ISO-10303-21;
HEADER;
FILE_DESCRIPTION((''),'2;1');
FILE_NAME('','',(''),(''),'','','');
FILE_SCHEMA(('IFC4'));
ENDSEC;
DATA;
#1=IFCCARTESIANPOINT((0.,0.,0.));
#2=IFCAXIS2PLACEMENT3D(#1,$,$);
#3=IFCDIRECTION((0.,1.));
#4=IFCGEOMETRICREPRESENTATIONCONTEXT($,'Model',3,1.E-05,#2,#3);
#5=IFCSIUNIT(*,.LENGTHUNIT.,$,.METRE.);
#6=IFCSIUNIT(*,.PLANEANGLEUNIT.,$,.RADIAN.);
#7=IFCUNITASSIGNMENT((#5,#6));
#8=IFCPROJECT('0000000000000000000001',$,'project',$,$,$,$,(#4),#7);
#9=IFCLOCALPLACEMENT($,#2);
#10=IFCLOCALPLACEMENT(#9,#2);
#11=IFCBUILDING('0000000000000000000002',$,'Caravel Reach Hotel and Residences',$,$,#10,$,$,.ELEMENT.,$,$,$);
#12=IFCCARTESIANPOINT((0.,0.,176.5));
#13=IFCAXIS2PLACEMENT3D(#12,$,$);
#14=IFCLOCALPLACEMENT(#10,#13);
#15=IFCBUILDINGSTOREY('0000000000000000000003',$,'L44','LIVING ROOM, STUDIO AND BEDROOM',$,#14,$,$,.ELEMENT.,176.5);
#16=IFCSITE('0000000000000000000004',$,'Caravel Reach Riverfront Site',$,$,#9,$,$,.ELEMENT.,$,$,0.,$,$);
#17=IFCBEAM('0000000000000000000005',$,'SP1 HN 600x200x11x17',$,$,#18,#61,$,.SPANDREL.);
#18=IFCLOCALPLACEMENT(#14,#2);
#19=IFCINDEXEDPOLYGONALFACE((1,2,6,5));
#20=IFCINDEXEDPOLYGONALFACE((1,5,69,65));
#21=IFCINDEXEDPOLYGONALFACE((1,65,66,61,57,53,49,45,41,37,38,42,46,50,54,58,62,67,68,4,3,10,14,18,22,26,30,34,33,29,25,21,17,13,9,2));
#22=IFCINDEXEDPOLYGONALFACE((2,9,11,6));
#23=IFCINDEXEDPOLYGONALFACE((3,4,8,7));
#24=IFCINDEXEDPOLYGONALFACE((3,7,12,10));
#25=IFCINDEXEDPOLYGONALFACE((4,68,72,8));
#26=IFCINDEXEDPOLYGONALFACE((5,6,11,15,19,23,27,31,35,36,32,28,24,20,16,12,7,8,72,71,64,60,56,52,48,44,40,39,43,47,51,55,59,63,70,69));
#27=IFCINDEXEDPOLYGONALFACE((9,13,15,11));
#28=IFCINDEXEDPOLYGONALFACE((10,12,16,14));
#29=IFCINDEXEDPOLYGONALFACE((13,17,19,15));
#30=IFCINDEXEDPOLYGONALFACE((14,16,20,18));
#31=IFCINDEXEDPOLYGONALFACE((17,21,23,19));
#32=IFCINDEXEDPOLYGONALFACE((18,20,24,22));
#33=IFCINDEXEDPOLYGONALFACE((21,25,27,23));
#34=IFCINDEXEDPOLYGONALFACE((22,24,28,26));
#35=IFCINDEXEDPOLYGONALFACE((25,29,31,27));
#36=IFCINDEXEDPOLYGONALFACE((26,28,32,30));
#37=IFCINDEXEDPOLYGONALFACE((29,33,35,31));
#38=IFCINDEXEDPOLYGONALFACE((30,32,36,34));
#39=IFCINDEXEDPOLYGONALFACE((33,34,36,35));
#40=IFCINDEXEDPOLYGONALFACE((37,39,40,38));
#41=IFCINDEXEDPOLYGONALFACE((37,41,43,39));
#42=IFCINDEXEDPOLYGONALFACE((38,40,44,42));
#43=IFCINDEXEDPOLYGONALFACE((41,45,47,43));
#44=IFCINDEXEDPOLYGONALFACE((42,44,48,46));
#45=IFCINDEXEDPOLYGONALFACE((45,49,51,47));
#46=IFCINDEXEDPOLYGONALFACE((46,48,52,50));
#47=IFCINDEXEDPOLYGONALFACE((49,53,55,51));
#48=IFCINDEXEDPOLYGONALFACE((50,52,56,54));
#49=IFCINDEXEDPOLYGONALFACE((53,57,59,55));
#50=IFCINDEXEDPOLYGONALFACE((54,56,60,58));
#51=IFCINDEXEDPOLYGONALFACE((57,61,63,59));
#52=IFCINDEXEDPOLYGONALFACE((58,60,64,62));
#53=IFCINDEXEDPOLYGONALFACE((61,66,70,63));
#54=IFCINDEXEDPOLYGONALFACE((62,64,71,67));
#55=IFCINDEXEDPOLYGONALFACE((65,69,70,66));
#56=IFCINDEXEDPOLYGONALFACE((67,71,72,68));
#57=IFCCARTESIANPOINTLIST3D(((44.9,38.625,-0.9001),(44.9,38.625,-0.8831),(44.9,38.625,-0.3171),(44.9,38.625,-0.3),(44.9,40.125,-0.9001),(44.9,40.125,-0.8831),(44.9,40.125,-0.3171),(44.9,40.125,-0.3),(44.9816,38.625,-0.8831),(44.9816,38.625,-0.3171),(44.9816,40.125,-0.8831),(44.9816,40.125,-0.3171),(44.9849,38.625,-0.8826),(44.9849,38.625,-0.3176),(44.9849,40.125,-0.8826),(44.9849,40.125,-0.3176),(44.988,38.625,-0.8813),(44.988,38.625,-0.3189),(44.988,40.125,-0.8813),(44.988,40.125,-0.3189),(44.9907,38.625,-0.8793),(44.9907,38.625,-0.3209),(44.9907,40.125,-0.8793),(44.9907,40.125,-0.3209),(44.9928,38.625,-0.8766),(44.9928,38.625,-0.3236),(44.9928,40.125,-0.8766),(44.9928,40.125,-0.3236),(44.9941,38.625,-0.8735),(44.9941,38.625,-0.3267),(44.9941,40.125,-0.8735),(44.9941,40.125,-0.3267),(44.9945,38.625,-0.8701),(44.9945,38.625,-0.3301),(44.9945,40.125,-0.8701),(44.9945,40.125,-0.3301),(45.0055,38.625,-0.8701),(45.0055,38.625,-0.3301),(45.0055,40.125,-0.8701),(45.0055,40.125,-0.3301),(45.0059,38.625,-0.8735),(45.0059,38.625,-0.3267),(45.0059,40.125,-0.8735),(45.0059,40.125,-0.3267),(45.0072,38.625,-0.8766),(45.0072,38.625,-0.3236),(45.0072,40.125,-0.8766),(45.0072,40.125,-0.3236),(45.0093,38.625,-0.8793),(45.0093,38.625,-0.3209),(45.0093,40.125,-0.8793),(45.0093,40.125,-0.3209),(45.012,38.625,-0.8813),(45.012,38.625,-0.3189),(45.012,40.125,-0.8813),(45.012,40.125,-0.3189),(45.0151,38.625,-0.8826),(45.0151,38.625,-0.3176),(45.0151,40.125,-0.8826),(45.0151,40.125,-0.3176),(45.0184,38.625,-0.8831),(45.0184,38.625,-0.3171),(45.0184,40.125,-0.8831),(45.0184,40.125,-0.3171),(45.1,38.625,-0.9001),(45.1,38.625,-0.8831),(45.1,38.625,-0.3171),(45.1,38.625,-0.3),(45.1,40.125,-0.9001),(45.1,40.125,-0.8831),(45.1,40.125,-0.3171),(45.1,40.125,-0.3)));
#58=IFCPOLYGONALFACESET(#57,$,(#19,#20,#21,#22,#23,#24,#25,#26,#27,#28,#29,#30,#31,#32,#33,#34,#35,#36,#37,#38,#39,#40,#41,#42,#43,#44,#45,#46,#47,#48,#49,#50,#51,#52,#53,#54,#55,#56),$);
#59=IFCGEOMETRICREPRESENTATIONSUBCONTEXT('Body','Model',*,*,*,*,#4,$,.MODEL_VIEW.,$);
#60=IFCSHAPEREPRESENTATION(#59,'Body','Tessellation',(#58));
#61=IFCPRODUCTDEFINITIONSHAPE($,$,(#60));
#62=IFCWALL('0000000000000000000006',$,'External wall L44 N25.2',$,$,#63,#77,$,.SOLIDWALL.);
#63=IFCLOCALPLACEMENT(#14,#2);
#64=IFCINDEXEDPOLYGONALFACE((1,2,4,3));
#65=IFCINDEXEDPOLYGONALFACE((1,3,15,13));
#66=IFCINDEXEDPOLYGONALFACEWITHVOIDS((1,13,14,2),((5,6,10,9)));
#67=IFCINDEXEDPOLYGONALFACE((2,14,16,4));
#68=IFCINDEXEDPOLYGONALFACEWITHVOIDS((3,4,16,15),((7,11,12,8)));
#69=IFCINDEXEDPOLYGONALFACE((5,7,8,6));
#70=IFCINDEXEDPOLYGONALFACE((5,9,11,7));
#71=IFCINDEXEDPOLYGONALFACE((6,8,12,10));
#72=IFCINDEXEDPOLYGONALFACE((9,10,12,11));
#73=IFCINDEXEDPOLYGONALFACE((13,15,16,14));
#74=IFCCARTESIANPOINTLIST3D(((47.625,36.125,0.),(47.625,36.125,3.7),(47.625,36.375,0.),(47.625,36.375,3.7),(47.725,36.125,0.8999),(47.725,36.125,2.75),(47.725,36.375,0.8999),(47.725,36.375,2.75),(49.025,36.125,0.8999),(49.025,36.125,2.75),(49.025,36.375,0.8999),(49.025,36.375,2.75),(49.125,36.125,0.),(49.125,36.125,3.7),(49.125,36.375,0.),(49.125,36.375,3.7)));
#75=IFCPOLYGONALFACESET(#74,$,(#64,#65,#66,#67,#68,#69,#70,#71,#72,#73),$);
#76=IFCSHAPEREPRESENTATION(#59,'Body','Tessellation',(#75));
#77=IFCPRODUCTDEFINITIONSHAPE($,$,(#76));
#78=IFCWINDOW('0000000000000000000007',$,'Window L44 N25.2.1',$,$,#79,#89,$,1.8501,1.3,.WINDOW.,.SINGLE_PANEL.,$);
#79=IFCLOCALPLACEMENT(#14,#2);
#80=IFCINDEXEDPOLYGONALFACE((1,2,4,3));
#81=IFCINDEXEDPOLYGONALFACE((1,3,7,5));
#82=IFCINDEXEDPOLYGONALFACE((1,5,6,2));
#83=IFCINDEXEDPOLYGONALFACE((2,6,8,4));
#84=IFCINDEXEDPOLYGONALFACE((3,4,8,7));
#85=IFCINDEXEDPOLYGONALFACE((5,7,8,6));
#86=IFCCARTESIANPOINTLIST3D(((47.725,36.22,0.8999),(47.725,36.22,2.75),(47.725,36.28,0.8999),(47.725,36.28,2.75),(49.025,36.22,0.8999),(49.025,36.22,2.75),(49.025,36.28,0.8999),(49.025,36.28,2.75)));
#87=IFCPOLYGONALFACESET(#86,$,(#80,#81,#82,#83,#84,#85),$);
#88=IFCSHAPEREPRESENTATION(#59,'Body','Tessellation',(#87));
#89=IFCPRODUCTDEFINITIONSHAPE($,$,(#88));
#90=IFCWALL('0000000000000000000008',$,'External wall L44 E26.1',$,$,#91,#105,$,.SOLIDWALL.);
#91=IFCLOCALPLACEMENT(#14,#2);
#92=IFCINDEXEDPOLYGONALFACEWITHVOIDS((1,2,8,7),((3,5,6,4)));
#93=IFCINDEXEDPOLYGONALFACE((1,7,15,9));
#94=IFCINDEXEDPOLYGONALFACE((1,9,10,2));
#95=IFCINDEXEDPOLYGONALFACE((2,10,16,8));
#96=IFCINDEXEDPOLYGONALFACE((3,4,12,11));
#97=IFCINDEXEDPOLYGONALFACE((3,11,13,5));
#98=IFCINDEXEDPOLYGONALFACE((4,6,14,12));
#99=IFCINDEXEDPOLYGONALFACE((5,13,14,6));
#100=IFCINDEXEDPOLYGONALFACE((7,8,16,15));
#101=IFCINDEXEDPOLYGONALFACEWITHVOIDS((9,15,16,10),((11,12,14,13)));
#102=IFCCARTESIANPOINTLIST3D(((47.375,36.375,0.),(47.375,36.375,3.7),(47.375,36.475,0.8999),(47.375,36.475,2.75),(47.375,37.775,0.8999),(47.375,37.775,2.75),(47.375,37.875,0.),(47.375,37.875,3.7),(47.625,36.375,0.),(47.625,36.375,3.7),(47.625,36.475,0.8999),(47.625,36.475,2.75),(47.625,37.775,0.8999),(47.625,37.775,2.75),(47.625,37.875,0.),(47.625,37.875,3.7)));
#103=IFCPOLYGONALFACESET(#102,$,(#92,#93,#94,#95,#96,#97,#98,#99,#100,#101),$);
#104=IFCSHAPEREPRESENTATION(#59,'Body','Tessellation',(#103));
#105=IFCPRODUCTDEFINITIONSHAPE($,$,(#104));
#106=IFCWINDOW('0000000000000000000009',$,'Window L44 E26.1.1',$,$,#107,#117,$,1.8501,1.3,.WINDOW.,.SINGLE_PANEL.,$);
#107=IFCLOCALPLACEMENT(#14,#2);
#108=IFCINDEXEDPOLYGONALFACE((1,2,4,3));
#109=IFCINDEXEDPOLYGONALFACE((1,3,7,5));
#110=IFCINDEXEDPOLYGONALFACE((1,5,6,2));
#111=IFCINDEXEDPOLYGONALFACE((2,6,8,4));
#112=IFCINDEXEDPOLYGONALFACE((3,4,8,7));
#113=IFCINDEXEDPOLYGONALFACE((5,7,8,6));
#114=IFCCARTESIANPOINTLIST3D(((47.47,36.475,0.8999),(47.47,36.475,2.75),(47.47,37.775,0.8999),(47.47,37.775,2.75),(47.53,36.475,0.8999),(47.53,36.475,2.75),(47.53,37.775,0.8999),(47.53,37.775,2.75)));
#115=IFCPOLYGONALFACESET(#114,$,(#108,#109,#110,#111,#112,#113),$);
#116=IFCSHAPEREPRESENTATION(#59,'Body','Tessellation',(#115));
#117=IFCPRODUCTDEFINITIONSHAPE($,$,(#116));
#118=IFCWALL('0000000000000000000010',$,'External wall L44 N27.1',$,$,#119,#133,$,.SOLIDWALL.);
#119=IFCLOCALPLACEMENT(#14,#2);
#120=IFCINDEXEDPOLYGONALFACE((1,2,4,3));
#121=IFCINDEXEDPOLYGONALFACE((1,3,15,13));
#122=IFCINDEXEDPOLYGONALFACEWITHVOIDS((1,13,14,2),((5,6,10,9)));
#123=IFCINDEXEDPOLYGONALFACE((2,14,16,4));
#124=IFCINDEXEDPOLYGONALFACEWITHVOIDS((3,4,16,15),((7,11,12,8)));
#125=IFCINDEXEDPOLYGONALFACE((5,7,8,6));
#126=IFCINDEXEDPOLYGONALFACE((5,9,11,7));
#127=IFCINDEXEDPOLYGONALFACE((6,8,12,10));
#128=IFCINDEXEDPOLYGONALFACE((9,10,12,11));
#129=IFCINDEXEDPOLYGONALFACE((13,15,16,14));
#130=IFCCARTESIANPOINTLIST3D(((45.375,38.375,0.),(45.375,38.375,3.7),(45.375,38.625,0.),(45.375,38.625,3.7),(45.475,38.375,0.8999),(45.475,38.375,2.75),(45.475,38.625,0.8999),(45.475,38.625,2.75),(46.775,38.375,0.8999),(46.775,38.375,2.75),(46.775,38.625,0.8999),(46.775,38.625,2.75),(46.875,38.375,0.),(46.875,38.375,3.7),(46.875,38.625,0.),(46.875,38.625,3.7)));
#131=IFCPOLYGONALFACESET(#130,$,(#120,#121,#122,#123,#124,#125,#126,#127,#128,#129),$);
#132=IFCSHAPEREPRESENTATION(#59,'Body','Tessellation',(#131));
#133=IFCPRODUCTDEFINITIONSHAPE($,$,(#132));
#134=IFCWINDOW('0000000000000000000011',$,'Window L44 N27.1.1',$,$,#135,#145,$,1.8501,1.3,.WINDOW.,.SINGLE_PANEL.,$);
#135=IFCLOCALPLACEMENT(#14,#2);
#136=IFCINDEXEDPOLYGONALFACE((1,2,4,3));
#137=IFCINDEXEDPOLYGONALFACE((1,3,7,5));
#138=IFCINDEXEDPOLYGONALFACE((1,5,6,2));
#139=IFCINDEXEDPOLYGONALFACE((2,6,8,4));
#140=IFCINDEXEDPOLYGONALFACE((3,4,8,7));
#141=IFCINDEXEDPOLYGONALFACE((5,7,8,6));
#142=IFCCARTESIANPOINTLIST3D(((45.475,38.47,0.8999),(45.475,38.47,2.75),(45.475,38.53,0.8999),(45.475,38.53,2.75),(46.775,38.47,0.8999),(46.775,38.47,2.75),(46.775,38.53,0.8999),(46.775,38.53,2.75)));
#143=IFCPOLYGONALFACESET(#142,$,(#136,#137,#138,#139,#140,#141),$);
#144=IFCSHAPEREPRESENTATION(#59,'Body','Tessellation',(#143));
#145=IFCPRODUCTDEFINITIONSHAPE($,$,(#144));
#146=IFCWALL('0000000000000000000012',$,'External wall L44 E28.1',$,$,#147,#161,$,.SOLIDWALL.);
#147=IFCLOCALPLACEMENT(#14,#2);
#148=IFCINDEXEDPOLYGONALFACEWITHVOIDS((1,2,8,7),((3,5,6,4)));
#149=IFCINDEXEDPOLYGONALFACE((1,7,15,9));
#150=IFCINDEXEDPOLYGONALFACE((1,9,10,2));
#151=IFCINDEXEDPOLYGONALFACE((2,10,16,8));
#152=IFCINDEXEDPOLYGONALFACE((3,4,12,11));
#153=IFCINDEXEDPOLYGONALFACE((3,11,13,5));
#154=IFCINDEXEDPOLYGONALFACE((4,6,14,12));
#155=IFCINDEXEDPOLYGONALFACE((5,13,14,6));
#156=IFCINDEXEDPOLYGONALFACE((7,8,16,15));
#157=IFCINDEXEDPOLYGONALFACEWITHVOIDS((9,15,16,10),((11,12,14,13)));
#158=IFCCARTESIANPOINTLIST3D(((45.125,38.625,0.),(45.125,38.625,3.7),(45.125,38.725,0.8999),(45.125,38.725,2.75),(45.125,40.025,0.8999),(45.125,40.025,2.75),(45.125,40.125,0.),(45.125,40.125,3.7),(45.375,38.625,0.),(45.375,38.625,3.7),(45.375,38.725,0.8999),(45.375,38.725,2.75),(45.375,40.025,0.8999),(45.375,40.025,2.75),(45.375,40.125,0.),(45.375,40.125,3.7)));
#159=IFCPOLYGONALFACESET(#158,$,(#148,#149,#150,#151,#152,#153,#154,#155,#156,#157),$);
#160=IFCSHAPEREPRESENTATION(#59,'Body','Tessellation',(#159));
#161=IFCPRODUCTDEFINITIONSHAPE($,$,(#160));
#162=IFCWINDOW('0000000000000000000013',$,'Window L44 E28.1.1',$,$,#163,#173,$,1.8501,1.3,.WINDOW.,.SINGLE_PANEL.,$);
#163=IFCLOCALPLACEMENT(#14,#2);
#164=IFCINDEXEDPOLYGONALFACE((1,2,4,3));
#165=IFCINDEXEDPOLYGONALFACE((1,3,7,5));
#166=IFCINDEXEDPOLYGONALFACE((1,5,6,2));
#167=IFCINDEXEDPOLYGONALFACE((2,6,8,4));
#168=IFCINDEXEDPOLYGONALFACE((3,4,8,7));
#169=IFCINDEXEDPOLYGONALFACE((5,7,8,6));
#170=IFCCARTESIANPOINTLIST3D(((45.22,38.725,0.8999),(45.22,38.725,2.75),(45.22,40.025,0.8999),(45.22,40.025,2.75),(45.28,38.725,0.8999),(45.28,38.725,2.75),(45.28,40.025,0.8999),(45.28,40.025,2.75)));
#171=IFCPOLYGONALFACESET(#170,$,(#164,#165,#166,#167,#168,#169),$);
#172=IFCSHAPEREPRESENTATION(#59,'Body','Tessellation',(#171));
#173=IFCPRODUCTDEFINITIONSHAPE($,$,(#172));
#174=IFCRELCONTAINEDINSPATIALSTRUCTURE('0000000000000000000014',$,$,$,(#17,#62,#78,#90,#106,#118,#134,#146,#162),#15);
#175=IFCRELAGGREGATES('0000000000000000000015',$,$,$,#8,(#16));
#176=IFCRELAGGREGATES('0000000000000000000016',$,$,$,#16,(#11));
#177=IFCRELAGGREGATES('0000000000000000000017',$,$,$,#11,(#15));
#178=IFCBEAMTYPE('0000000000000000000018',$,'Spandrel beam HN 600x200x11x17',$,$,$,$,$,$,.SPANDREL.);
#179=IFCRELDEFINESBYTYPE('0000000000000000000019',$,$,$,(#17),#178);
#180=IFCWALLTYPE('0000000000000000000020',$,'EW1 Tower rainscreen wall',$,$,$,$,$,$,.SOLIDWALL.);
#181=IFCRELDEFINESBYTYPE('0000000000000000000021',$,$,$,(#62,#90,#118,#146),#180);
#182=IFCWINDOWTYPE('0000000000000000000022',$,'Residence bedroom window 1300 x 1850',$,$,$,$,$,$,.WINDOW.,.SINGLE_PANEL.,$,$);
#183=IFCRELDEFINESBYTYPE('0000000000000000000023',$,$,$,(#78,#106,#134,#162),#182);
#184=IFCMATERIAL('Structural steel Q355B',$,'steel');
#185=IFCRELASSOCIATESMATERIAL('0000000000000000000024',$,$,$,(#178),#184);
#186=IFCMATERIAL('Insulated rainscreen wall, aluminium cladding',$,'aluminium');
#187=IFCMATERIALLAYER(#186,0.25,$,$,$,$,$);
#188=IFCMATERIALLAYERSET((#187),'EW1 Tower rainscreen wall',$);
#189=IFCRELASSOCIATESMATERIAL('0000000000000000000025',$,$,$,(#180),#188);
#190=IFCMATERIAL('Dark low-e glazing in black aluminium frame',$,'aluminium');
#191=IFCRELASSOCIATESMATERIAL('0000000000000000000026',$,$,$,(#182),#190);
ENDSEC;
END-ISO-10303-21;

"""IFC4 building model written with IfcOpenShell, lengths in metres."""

from ifc_helpers import new_model, si_unit, direction, frame, frame_2d, origin, origin_2d, place, context, subcontext, project, spatial, rectangle, i_section, extrude, material, layer, layer_set, material_profile, profile_set, type_object, element, fill, save


model = new_model("IFC4")

# Units and contexts
model_context = context("Model", 3, precision=1e-05, world=origin(), true_north=direction((0.0, 1.0)))
body_context = subcontext(model_context, "Body", "Model", "MODEL_VIEW")
ifc_project = project(units=[si_unit("LENGTHUNIT", "METRE"), si_unit("PLANEANGLEUNIT", "RADIAN")], contexts=[model_context])

# Site, building, storey
site_placement = place(None, origin())
site = spatial("IfcSite", under=ifc_project, at=site_placement, Name="Caravel Reach Riverfront Site", CompositionType="ELEMENT", RefElevation=0.0)
building_placement = place(site_placement, origin())
building = spatial("IfcBuilding", under=site, at=building_placement, Name="Caravel Reach Hotel and Residences", CompositionType="ELEMENT")
storey_placement = place(building_placement, frame((0.0, 0.0, 176.5)))
storey = spatial("IfcBuildingStorey", under=building, at=storey_placement, Name="L44", Description="LIVING ROOM, STUDIO AND BEDROOM", CompositionType="ELEMENT", Elevation=176.5)

# Beam
ifc_material_1 = material(Name="Structural steel Q355B", Category="steel")
ifc_material_profile_1 = material_profile(ifc_material_1, i_section(OverallWidth=0.2, OverallDepth=0.6001, WebThickness=0.011, FlangeThickness=0.0171, FilletRadius=0.0129, at=origin_2d()), Name="HN 600x200x11x17")
ifc_profile_set_1 = profile_set([ifc_material_profile_1], Name="Structural steel Q355B")
beam_type = type_object("IfcBeamType", Name="Spandrel beam HN 600x200x11x17", PredefinedType="SPANDREL", material=ifc_profile_set_1)
for number, where, z_axis, x_axis, name in (
    (1, (45.0, 38.625, -0.6001), (0.0, 1.0, 0.0), (-1.0, 0.0, 0.0), "SP1 HN 600x200x11x17"),
):
    element("IfcBeam", number, at=place(storey_placement, frame(where, z_axis=z_axis, x_axis=x_axis)), inside=storey, type_object=beam_type, Name=name, PredefinedType="SPANDREL", context=body_context, shape_type="SweptSolid", body=[
        extrude(i_section(OverallWidth=0.2, OverallDepth=0.6001, WebThickness=0.011, FlangeThickness=0.0171, FilletRadius=0.0129, at=origin_2d()), origin(), (0.0, 0.0, 1.0), 1.5),
    ])

# Walls, openings, windows
ifc_material_2 = material(Name="Insulated rainscreen wall, aluminium cladding", Category="aluminium")
ifc_layer = layer(ifc_material_2, 0.25)
ifc_layer_set = layer_set([ifc_layer], Name="EW1 Tower rainscreen wall")
wall_type = type_object("IfcWallType", Name="EW1 Tower rainscreen wall", PredefinedType="SOLIDWALL", material=ifc_layer_set)
wall_1_placement = place(storey_placement, frame((49.125, 36.25, 0.0), z_axis=(0.0, 0.0, 1.0), x_axis=(-1.0, 0.0, 0.0)))
wall_1 = element("IfcWall", 2, at=wall_1_placement, inside=storey, type_object=wall_type, Name="External wall L44 N25.2", PredefinedType="SOLIDWALL", context=body_context, shape_type="SweptSolid", body=[
    extrude(rectangle(XDim=1.5, YDim=0.25, at=frame_2d((0.75, 0.0))), origin(), (0.0, 0.0, 1.0), 3.7),
])
opening_1_placement = place(wall_1_placement, frame((0.1001, 0.0, 0.8999)))
opening_1 = element("IfcOpeningElement", 3, at=opening_1_placement, cuts=wall_1, PredefinedType="OPENING", context=body_context, shape_type="SweptSolid", body=[
    extrude(rectangle(XDim=1.3, YDim=1.8501, at=frame_2d((0.6499, 0.925))), frame((0.0, 0.135, 0.0), z_axis=(0.0, -1.0, 0.0), x_axis=(1.0, 0.0, 0.0)), (0.0, 0.0, 1.0), 0.27),
])
ifc_material_3 = material(Name="Dark low-e glazing in black aluminium frame", Category="aluminium")
window_type = type_object("IfcWindowType", Name="Residence bedroom window 1300 x 1850", PartitioningType="SINGLE_PANEL", PredefinedType="WINDOW", material=ifc_material_3)
window_1_placement = place(opening_1_placement, origin())
window_1 = element("IfcWindow", 4, at=window_1_placement, inside=storey, type_object=window_type, Name="Window L44 N25.2.1", OverallHeight=1.8501, OverallWidth=1.3, PartitioningType="SINGLE_PANEL", PredefinedType="WINDOW", context=body_context, shape_type="SweptSolid", body=[
    extrude(rectangle(XDim=1.3, YDim=1.8501, at=frame_2d((0.6499, 0.925))), frame((0.0, 0.03, 0.0), z_axis=(0.0, -1.0, 0.0), x_axis=(1.0, 0.0, 0.0)), (0.0, 0.0, 1.0), 0.0601),
])
fill(opening_1, window_1)
wall_2_placement = place(storey_placement, frame((47.5, 36.375, 0.0), z_axis=(0.0, 0.0, 1.0), x_axis=(0.0, 1.0, 0.0)))
wall_2 = element("IfcWall", 5, at=wall_2_placement, inside=storey, type_object=wall_type, Name="External wall L44 E26.1", PredefinedType="SOLIDWALL", context=body_context, shape_type="SweptSolid", body=[
    extrude(rectangle(XDim=1.5, YDim=0.25, at=frame_2d((0.75, 0.0))), origin(), (0.0, 0.0, 1.0), 3.7),
])
opening_2_placement = place(wall_2_placement, frame((0.1001, 0.0, 0.8999)))
opening_2 = element("IfcOpeningElement", 6, at=opening_2_placement, cuts=wall_2, PredefinedType="OPENING", context=body_context, shape_type="SweptSolid", body=[
    extrude(rectangle(XDim=1.3, YDim=1.8501, at=frame_2d((0.6499, 0.925))), frame((0.0, 0.135, 0.0), z_axis=(0.0, -1.0, 0.0), x_axis=(1.0, 0.0, 0.0)), (0.0, 0.0, 1.0), 0.27),
])
window_2_placement = place(opening_2_placement, origin())
window_2 = element("IfcWindow", 7, at=window_2_placement, inside=storey, type_object=window_type, Name="Window L44 E26.1.1", OverallHeight=1.8501, OverallWidth=1.3, PartitioningType="SINGLE_PANEL", PredefinedType="WINDOW", context=body_context, shape_type="SweptSolid", body=[
    extrude(rectangle(XDim=1.3, YDim=1.8501, at=frame_2d((0.6499, 0.925))), frame((0.0, 0.03, 0.0), z_axis=(0.0, -1.0, 0.0), x_axis=(1.0, 0.0, 0.0)), (0.0, 0.0, 1.0), 0.0601),
])
fill(opening_2, window_2)
wall_3_placement = place(storey_placement, frame((46.875, 38.5, 0.0), z_axis=(0.0, 0.0, 1.0), x_axis=(-1.0, 0.0, 0.0)))
wall_3 = element("IfcWall", 8, at=wall_3_placement, inside=storey, type_object=wall_type, Name="External wall L44 N27.1", PredefinedType="SOLIDWALL", context=body_context, shape_type="SweptSolid", body=[
    extrude(rectangle(XDim=1.5, YDim=0.25, at=frame_2d((0.75, 0.0))), origin(), (0.0, 0.0, 1.0), 3.7),
])
opening_3_placement = place(wall_3_placement, frame((0.1001, 0.0, 0.8999)))
opening_3 = element("IfcOpeningElement", 9, at=opening_3_placement, cuts=wall_3, PredefinedType="OPENING", context=body_context, shape_type="SweptSolid", body=[
    extrude(rectangle(XDim=1.3, YDim=1.8501, at=frame_2d((0.6499, 0.925))), frame((0.0, 0.135, 0.0), z_axis=(0.0, -1.0, 0.0), x_axis=(1.0, 0.0, 0.0)), (0.0, 0.0, 1.0), 0.27),
])
window_3_placement = place(opening_3_placement, origin())
window_3 = element("IfcWindow", 10, at=window_3_placement, inside=storey, type_object=window_type, Name="Window L44 N27.1.1", OverallHeight=1.8501, OverallWidth=1.3, PartitioningType="SINGLE_PANEL", PredefinedType="WINDOW", context=body_context, shape_type="SweptSolid", body=[
    extrude(rectangle(XDim=1.3, YDim=1.8501, at=frame_2d((0.6499, 0.925))), frame((0.0, 0.03, 0.0), z_axis=(0.0, -1.0, 0.0), x_axis=(1.0, 0.0, 0.0)), (0.0, 0.0, 1.0), 0.0601),
])
fill(opening_3, window_3)
wall_4_placement = place(storey_placement, frame((45.25, 38.625, 0.0), z_axis=(0.0, 0.0, 1.0), x_axis=(0.0, 1.0, 0.0)))
wall_4 = element("IfcWall", 11, at=wall_4_placement, inside=storey, type_object=wall_type, Name="External wall L44 E28.1", PredefinedType="SOLIDWALL", context=body_context, shape_type="SweptSolid", body=[
    extrude(rectangle(XDim=1.5, YDim=0.25, at=frame_2d((0.75, 0.0))), origin(), (0.0, 0.0, 1.0), 3.7),
])
opening_4_placement = place(wall_4_placement, frame((0.1001, 0.0, 0.8999)))
opening_4 = element("IfcOpeningElement", 12, at=opening_4_placement, cuts=wall_4, PredefinedType="OPENING", context=body_context, shape_type="SweptSolid", body=[
    extrude(rectangle(XDim=1.3, YDim=1.8501, at=frame_2d((0.6499, 0.925))), frame((0.0, 0.135, 0.0), z_axis=(0.0, -1.0, 0.0), x_axis=(1.0, 0.0, 0.0)), (0.0, 0.0, 1.0), 0.27),
])
window_4_placement = place(opening_4_placement, origin())
window_4 = element("IfcWindow", 13, at=window_4_placement, inside=storey, type_object=window_type, Name="Window L44 E28.1.1", OverallHeight=1.8501, OverallWidth=1.3, PartitioningType="SINGLE_PANEL", PredefinedType="WINDOW", context=body_context, shape_type="SweptSolid", body=[
    extrude(rectangle(XDim=1.3, YDim=1.8501, at=frame_2d((0.6499, 0.925))), frame((0.0, 0.03, 0.0), z_axis=(0.0, -1.0, 0.0), x_axis=(1.0, 0.0, 0.0)), (0.0, 0.0, 1.0), 0.0601),
])
fill(opening_4, window_4)

save(model, "model.ifc")
